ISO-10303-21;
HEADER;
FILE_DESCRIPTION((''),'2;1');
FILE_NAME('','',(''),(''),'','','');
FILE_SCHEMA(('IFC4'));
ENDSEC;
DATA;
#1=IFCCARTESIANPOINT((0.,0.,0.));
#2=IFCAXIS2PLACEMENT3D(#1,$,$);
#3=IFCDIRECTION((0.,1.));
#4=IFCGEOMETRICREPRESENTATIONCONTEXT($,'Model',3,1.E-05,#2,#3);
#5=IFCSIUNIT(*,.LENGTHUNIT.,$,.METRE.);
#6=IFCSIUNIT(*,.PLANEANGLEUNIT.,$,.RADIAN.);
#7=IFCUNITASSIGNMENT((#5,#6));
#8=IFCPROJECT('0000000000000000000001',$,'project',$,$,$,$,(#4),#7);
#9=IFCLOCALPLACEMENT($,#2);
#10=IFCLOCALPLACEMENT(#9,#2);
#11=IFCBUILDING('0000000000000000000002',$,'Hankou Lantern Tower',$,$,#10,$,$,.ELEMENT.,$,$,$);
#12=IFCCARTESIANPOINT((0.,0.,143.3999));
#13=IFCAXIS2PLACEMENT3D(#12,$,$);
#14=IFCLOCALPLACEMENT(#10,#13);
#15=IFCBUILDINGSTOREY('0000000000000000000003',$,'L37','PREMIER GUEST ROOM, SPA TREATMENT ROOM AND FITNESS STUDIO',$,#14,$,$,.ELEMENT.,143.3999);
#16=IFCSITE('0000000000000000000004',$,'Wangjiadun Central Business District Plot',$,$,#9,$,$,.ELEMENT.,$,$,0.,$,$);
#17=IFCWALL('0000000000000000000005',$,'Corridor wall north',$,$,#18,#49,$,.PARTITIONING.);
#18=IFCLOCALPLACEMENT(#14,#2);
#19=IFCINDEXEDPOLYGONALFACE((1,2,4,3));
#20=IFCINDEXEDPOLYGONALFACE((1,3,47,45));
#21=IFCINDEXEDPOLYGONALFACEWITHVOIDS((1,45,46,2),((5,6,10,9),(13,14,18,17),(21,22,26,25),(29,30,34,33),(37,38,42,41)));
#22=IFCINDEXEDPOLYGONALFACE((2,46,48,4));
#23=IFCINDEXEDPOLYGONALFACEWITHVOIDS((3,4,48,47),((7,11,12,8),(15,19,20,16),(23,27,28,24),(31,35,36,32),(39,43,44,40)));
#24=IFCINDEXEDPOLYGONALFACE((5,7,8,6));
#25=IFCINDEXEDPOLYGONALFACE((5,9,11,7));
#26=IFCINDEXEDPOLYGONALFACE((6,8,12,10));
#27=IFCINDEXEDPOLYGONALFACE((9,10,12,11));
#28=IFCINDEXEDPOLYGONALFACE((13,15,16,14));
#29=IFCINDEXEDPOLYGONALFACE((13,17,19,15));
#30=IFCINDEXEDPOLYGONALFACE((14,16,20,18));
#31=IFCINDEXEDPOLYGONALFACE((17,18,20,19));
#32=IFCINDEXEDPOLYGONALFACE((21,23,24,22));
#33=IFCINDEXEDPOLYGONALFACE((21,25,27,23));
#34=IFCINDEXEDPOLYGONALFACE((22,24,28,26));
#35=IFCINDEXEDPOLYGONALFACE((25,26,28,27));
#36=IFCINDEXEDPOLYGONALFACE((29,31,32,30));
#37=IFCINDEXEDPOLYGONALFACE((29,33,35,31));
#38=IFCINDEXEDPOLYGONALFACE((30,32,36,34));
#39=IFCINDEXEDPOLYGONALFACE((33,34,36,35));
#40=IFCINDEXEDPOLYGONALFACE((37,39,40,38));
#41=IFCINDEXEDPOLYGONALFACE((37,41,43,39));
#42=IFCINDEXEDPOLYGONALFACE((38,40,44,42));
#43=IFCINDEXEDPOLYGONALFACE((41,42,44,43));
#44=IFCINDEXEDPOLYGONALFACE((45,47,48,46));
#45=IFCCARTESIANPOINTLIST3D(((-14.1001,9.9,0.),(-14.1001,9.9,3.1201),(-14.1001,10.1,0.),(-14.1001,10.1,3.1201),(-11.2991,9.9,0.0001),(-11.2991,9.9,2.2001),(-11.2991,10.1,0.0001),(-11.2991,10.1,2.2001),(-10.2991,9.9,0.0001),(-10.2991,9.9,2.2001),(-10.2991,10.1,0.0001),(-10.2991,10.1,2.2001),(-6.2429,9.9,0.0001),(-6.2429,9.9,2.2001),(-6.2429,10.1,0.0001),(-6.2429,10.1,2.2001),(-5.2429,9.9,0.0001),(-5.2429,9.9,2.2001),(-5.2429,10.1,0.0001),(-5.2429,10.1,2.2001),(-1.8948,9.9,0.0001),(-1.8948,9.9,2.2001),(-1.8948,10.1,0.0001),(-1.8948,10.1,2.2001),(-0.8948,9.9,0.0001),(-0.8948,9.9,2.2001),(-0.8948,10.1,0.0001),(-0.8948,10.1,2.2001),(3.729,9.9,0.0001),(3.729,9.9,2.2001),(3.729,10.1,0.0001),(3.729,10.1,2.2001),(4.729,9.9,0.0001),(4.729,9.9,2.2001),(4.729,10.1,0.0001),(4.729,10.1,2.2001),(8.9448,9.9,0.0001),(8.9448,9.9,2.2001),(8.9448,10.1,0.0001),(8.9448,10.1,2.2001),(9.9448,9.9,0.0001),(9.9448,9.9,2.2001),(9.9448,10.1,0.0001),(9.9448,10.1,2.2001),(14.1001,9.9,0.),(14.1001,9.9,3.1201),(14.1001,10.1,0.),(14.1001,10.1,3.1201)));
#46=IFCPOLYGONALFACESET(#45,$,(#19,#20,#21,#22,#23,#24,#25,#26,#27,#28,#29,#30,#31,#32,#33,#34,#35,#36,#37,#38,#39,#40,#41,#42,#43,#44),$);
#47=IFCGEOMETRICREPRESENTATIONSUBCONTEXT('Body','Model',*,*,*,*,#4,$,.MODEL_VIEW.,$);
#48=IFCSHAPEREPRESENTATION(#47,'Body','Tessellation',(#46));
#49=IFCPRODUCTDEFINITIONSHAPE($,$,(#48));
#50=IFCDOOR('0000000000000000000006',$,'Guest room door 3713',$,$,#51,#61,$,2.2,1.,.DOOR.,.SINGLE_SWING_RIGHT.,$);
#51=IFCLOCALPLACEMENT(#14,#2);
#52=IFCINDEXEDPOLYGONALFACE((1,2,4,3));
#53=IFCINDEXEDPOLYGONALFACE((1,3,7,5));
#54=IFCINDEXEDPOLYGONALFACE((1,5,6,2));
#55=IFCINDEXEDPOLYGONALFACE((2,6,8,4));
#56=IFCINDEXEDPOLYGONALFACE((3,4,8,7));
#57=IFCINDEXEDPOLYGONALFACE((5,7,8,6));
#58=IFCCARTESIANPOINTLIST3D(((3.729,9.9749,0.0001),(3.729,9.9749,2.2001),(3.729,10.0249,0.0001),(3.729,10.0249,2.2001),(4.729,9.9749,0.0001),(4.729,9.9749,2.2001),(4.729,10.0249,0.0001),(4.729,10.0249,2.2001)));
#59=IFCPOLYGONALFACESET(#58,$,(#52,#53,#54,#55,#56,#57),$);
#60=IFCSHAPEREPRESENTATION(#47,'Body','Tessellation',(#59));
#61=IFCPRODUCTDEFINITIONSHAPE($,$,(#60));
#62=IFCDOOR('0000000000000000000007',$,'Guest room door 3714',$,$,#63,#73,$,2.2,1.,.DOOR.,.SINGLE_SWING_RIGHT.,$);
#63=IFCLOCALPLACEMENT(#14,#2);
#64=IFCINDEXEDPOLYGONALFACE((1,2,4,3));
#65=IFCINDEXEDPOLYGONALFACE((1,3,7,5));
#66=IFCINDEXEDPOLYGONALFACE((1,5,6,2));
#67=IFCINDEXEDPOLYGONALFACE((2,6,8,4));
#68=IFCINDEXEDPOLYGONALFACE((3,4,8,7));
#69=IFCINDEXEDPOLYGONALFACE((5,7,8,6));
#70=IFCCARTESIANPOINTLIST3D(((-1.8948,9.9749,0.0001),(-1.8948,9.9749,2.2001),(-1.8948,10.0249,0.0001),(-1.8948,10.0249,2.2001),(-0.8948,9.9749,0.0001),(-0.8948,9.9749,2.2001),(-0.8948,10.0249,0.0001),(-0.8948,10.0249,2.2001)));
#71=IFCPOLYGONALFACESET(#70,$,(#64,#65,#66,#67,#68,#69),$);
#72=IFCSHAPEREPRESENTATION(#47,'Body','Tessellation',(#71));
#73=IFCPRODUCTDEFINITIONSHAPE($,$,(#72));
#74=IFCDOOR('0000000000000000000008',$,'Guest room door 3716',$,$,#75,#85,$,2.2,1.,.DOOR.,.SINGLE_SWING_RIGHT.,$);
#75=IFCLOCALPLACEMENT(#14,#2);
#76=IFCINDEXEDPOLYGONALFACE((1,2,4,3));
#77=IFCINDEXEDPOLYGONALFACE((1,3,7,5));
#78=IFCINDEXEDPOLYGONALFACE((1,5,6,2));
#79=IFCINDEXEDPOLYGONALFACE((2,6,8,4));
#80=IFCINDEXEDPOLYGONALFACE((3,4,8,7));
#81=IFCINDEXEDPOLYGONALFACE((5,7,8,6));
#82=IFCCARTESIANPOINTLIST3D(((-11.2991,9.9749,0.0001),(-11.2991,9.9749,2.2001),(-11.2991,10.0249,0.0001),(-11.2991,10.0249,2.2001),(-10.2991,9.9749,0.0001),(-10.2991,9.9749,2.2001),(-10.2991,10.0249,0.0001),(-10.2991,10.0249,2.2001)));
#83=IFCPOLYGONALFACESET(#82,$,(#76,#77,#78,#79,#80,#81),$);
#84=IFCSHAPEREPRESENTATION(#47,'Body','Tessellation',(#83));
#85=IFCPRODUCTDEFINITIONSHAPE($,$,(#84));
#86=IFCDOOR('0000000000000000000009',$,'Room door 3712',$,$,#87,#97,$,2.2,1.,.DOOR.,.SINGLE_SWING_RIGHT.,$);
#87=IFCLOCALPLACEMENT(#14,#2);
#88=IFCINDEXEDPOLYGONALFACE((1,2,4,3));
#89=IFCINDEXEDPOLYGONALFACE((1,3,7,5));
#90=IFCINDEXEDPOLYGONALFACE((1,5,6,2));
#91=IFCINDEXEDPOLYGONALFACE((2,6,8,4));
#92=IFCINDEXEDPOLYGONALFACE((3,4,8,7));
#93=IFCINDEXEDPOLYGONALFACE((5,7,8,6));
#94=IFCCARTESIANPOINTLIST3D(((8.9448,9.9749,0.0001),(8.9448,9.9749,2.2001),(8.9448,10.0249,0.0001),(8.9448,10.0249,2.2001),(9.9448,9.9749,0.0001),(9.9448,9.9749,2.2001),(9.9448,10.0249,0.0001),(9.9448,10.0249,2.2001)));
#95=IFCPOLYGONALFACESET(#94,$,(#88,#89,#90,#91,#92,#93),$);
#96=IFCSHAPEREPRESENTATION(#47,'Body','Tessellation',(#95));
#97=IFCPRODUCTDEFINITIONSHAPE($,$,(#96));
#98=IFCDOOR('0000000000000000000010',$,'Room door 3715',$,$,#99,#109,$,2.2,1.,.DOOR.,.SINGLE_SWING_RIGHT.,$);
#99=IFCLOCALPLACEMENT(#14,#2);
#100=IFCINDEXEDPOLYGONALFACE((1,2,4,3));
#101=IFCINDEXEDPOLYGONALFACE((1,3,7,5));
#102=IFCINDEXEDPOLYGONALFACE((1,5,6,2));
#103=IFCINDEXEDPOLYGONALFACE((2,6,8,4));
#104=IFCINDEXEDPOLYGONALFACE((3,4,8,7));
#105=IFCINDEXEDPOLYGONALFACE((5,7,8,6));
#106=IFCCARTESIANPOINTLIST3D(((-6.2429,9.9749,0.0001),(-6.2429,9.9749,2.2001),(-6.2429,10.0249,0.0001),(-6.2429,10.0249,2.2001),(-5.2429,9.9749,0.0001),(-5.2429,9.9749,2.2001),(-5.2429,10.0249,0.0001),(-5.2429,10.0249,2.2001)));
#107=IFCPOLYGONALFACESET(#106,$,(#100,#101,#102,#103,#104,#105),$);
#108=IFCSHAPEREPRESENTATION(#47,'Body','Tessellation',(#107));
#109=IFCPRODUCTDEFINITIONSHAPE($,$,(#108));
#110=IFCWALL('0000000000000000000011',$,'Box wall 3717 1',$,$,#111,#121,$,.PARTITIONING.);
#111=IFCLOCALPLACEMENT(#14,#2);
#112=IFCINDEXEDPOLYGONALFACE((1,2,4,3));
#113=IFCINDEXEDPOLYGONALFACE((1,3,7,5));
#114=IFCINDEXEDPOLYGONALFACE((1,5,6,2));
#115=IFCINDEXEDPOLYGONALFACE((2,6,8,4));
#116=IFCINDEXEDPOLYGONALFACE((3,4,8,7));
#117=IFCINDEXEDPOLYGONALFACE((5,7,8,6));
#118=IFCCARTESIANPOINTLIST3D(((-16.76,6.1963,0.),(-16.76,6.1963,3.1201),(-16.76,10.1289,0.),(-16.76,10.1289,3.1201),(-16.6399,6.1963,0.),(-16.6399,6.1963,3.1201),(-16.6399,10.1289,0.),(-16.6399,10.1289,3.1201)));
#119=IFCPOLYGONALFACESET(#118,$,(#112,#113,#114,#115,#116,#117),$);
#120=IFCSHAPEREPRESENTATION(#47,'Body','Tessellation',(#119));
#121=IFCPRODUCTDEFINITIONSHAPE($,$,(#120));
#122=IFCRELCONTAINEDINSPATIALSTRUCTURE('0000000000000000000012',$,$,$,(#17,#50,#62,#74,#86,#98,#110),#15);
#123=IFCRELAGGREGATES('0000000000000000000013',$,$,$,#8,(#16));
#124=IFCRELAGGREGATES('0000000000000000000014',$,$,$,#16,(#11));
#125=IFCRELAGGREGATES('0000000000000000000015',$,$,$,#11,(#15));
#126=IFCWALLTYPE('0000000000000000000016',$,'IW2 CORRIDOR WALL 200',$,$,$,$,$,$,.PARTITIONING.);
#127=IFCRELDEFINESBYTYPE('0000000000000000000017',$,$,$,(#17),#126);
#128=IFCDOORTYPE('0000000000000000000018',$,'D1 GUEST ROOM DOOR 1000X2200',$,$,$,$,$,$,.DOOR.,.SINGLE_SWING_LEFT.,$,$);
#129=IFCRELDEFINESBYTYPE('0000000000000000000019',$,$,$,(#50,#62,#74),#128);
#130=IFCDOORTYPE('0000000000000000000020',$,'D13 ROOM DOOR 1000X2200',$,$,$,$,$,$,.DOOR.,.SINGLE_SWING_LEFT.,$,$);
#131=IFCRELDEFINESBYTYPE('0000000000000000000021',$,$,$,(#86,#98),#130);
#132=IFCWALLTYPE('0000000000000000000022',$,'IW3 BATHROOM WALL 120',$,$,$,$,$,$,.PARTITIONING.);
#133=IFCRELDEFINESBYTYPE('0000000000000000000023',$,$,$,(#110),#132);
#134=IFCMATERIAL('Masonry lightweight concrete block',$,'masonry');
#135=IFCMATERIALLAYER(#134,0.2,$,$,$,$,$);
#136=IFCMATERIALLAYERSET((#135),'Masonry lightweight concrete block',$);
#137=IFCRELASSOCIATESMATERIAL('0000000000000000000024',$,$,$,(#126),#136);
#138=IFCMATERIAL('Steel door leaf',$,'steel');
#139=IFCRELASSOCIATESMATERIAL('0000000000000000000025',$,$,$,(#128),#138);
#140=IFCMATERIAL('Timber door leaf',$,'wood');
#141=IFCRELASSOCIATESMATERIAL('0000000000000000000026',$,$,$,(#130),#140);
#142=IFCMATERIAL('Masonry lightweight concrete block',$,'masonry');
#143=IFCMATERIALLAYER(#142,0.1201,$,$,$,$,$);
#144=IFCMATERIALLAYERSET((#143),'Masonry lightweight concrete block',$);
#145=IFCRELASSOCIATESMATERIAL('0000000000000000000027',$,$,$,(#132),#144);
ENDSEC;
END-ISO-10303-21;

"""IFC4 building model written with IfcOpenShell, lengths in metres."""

from ifc_helpers import new_model, si_unit, direction, frame, frame_2d, origin, place, context, subcontext, project, spatial, rectangle, extrude, material, layer, layer_set, type_object, element, fill, save


model = new_model("IFC4")

# Units and contexts
model_context = context("Model", 3, precision=1e-05, world=origin(), true_north=direction((0.0, 1.0)))
body_context = subcontext(model_context, "Body", "Model", "MODEL_VIEW")
ifc_project = project(units=[si_unit("LENGTHUNIT", "METRE"), si_unit("PLANEANGLEUNIT", "RADIAN")], contexts=[model_context])

# Site, building, storey
site_placement = place(None, origin())
site = spatial("IfcSite", under=ifc_project, at=site_placement, Name="Wangjiadun Central Business District Plot", CompositionType="ELEMENT", RefElevation=0.0)
building_placement = place(site_placement, origin())
building = spatial("IfcBuilding", under=site, at=building_placement, Name="Hankou Lantern Tower", CompositionType="ELEMENT")
storey_placement = place(building_placement, frame((0.0, 0.0, 143.3999)))
storey = spatial("IfcBuildingStorey", under=building, at=storey_placement, Name="L37", Description="PREMIER GUEST ROOM, SPA TREATMENT ROOM AND FITNESS STUDIO", CompositionType="ELEMENT", Elevation=143.3999)

# Wall, openings, doors
ifc_material_1 = material(Name="Masonry lightweight concrete block", Category="masonry")
ifc_layer_1 = layer(ifc_material_1, 0.2)
ifc_layer_set_1 = layer_set([ifc_layer_1], Name="Masonry lightweight concrete block")
wall_type_1 = type_object("IfcWallType", Name="IW2 CORRIDOR WALL 200", PredefinedType="PARTITIONING", material=ifc_layer_set_1)
wall_1_placement = place(storey_placement, frame((-14.1001, 10.0, 0.0), z_axis=(0.0, 0.0, 1.0), x_axis=(1.0, 0.0, 0.0)))
wall_1 = element("IfcWall", 1, at=wall_1_placement, inside=storey, type_object=wall_type_1, Name="Corridor wall north", PredefinedType="PARTITIONING", context=body_context, shape_type="SweptSolid", body=[
    extrude(rectangle(XDim=28.2002, YDim=0.2, at=frame_2d((14.1001, 0.0))), origin(), (0.0, 0.0, 1.0), 3.1201),
])
opening_1_placement = place(wall_1_placement, frame((23.0449, 0.0, 0.0)))
opening_1 = element("IfcOpeningElement", 2, at=opening_1_placement, cuts=wall_1, PredefinedType="OPENING", context=body_context, shape_type="SweptSolid", body=[
    extrude(rectangle(XDim=1.0, YDim=2.2, at=frame_2d((0.5, 1.1001))), frame((0.0, 0.1099, 0.0), z_axis=(0.0, -1.0, 0.0), x_axis=(1.0, 0.0, 0.0)), (0.0, 0.0, 1.0), 0.22),
])
opening_2_placement = place(wall_1_placement, frame((17.8291, 0.0, 0.0)))
opening_2 = element("IfcOpeningElement", 3, at=opening_2_placement, cuts=wall_1, PredefinedType="OPENING", context=body_context, shape_type="SweptSolid", body=[
    extrude(rectangle(XDim=1.0, YDim=2.2, at=frame_2d((0.5, 1.1001))), frame((0.0, 0.1099, 0.0), z_axis=(0.0, -1.0, 0.0), x_axis=(1.0, 0.0, 0.0)), (0.0, 0.0, 1.0), 0.22),
])
opening_3_placement = place(wall_1_placement, frame((12.2053, 0.0, 0.0)))
opening_3 = element("IfcOpeningElement", 4, at=opening_3_placement, cuts=wall_1, PredefinedType="OPENING", context=body_context, shape_type="SweptSolid", body=[
    extrude(rectangle(XDim=1.0, YDim=2.2, at=frame_2d((0.5, 1.1001))), frame((0.0, 0.1099, 0.0), z_axis=(0.0, -1.0, 0.0), x_axis=(1.0, 0.0, 0.0)), (0.0, 0.0, 1.0), 0.22),
])
opening_4_placement = place(wall_1_placement, frame((7.8572, 0.0, 0.0)))
opening_4 = element("IfcOpeningElement", 5, at=opening_4_placement, cuts=wall_1, PredefinedType="OPENING", context=body_context, shape_type="SweptSolid", body=[
    extrude(rectangle(XDim=1.0, YDim=2.2, at=frame_2d((0.5, 1.1001))), frame((0.0, 0.1099, 0.0), z_axis=(0.0, -1.0, 0.0), x_axis=(1.0, 0.0, 0.0)), (0.0, 0.0, 1.0), 0.22),
])
opening_5_placement = place(wall_1_placement, frame((2.801, 0.0, 0.0)))
opening_5 = element("IfcOpeningElement", 6, at=opening_5_placement, cuts=wall_1, PredefinedType="OPENING", context=body_context, shape_type="SweptSolid", body=[
    extrude(rectangle(XDim=1.0, YDim=2.2, at=frame_2d((0.5, 1.1001))), frame((0.0, 0.1099, 0.0), z_axis=(0.0, -1.0, 0.0), x_axis=(1.0, 0.0, 0.0)), (0.0, 0.0, 1.0), 0.22),
])
ifc_material_2 = material(Name="Steel door leaf", Category="steel")
door_type_1 = type_object("IfcDoorType", Name="D1 GUEST ROOM DOOR 1000X2200", OperationType="SINGLE_SWING_LEFT", PredefinedType="DOOR", material=ifc_material_2)
door_1_placement = place(opening_2_placement, origin())
door_1 = element("IfcDoor", 7, at=door_1_placement, inside=storey, type_object=door_type_1, Name="Guest room door 3713", OperationType="SINGLE_SWING_RIGHT", OverallHeight=2.2, OverallWidth=1.0, PredefinedType="DOOR", context=body_context, shape_type="SweptSolid", body=[
    extrude(rectangle(XDim=1.0, YDim=2.2, at=frame_2d((0.5, 1.1001))), frame((0.0, 0.0249, 0.0), z_axis=(0.0, -1.0, 0.0), x_axis=(1.0, 0.0, 0.0)), (0.0, 0.0, 1.0), 0.05),
])
fill(opening_2, door_1)
door_2_placement = place(opening_3_placement, origin())
door_2 = element("IfcDoor", 8, at=door_2_placement, inside=storey, type_object=door_type_1, Name="Guest room door 3714", OperationType="SINGLE_SWING_RIGHT", OverallHeight=2.2, OverallWidth=1.0, PredefinedType="DOOR", context=body_context, shape_type="SweptSolid", body=[
    extrude(rectangle(XDim=1.0, YDim=2.2, at=frame_2d((0.5, 1.1001))), frame((0.0, 0.0249, 0.0), z_axis=(0.0, -1.0, 0.0), x_axis=(1.0, 0.0, 0.0)), (0.0, 0.0, 1.0), 0.05),
])
fill(opening_3, door_2)
door_3_placement = place(opening_5_placement, origin())
door_3 = element("IfcDoor", 9, at=door_3_placement, inside=storey, type_object=door_type_1, Name="Guest room door 3716", OperationType="SINGLE_SWING_RIGHT", OverallHeight=2.2, OverallWidth=1.0, PredefinedType="DOOR", context=body_context, shape_type="SweptSolid", body=[
    extrude(rectangle(XDim=1.0, YDim=2.2, at=frame_2d((0.5, 1.1001))), frame((0.0, 0.0249, 0.0), z_axis=(0.0, -1.0, 0.0), x_axis=(1.0, 0.0, 0.0)), (0.0, 0.0, 1.0), 0.05),
])
fill(opening_5, door_3)
ifc_material_3 = material(Name="Timber door leaf", Category="wood")
door_type_2 = type_object("IfcDoorType", Name="D13 ROOM DOOR 1000X2200", OperationType="SINGLE_SWING_LEFT", PredefinedType="DOOR", material=ifc_material_3)
door_4_placement = place(opening_1_placement, origin())
door_4 = element("IfcDoor", 10, at=door_4_placement, inside=storey, type_object=door_type_2, Name="Room door 3712", OperationType="SINGLE_SWING_RIGHT", OverallHeight=2.2, OverallWidth=1.0, PredefinedType="DOOR", context=body_context, shape_type="SweptSolid", body=[
    extrude(rectangle(XDim=1.0, YDim=2.2, at=frame_2d((0.5, 1.1001))), frame((0.0, 0.0249, 0.0), z_axis=(0.0, -1.0, 0.0), x_axis=(1.0, 0.0, 0.0)), (0.0, 0.0, 1.0), 0.05),
])
fill(opening_1, door_4)
door_5_placement = place(opening_4_placement, origin())
door_5 = element("IfcDoor", 11, at=door_5_placement, inside=storey, type_object=door_type_2, Name="Room door 3715", OperationType="SINGLE_SWING_RIGHT", OverallHeight=2.2, OverallWidth=1.0, PredefinedType="DOOR", context=body_context, shape_type="SweptSolid", body=[
    extrude(rectangle(XDim=1.0, YDim=2.2, at=frame_2d((0.5, 1.1001))), frame((0.0, 0.0249, 0.0), z_axis=(0.0, -1.0, 0.0), x_axis=(1.0, 0.0, 0.0)), (0.0, 0.0, 1.0), 0.05),
])
fill(opening_4, door_5)

# Wall
ifc_material_4 = material(Name="Masonry lightweight concrete block", Category="masonry")
ifc_layer_2 = layer(ifc_material_4, 0.1201)
ifc_layer_set_2 = layer_set([ifc_layer_2], Name="Masonry lightweight concrete block")
wall_type_2 = type_object("IfcWallType", Name="IW3 BATHROOM WALL 120", PredefinedType="PARTITIONING", material=ifc_layer_set_2)
wall_2_placement = place(storey_placement, frame((-16.7, 10.1289, 0.0), z_axis=(0.0, 0.0, 1.0), x_axis=(0.0, -1.0, 0.0)))
element("IfcWall", 12, at=wall_2_placement, inside=storey, type_object=wall_type_2, Name="Box wall 3717 1", PredefinedType="PARTITIONING", context=body_context, shape_type="SweptSolid", body=[
    extrude(rectangle(XDim=3.9326, YDim=0.1201, at=frame_2d((1.9663, 0.0))), origin(), (0.0, 0.0, 1.0), 3.1201),
])

save(model, "model.ifc")
